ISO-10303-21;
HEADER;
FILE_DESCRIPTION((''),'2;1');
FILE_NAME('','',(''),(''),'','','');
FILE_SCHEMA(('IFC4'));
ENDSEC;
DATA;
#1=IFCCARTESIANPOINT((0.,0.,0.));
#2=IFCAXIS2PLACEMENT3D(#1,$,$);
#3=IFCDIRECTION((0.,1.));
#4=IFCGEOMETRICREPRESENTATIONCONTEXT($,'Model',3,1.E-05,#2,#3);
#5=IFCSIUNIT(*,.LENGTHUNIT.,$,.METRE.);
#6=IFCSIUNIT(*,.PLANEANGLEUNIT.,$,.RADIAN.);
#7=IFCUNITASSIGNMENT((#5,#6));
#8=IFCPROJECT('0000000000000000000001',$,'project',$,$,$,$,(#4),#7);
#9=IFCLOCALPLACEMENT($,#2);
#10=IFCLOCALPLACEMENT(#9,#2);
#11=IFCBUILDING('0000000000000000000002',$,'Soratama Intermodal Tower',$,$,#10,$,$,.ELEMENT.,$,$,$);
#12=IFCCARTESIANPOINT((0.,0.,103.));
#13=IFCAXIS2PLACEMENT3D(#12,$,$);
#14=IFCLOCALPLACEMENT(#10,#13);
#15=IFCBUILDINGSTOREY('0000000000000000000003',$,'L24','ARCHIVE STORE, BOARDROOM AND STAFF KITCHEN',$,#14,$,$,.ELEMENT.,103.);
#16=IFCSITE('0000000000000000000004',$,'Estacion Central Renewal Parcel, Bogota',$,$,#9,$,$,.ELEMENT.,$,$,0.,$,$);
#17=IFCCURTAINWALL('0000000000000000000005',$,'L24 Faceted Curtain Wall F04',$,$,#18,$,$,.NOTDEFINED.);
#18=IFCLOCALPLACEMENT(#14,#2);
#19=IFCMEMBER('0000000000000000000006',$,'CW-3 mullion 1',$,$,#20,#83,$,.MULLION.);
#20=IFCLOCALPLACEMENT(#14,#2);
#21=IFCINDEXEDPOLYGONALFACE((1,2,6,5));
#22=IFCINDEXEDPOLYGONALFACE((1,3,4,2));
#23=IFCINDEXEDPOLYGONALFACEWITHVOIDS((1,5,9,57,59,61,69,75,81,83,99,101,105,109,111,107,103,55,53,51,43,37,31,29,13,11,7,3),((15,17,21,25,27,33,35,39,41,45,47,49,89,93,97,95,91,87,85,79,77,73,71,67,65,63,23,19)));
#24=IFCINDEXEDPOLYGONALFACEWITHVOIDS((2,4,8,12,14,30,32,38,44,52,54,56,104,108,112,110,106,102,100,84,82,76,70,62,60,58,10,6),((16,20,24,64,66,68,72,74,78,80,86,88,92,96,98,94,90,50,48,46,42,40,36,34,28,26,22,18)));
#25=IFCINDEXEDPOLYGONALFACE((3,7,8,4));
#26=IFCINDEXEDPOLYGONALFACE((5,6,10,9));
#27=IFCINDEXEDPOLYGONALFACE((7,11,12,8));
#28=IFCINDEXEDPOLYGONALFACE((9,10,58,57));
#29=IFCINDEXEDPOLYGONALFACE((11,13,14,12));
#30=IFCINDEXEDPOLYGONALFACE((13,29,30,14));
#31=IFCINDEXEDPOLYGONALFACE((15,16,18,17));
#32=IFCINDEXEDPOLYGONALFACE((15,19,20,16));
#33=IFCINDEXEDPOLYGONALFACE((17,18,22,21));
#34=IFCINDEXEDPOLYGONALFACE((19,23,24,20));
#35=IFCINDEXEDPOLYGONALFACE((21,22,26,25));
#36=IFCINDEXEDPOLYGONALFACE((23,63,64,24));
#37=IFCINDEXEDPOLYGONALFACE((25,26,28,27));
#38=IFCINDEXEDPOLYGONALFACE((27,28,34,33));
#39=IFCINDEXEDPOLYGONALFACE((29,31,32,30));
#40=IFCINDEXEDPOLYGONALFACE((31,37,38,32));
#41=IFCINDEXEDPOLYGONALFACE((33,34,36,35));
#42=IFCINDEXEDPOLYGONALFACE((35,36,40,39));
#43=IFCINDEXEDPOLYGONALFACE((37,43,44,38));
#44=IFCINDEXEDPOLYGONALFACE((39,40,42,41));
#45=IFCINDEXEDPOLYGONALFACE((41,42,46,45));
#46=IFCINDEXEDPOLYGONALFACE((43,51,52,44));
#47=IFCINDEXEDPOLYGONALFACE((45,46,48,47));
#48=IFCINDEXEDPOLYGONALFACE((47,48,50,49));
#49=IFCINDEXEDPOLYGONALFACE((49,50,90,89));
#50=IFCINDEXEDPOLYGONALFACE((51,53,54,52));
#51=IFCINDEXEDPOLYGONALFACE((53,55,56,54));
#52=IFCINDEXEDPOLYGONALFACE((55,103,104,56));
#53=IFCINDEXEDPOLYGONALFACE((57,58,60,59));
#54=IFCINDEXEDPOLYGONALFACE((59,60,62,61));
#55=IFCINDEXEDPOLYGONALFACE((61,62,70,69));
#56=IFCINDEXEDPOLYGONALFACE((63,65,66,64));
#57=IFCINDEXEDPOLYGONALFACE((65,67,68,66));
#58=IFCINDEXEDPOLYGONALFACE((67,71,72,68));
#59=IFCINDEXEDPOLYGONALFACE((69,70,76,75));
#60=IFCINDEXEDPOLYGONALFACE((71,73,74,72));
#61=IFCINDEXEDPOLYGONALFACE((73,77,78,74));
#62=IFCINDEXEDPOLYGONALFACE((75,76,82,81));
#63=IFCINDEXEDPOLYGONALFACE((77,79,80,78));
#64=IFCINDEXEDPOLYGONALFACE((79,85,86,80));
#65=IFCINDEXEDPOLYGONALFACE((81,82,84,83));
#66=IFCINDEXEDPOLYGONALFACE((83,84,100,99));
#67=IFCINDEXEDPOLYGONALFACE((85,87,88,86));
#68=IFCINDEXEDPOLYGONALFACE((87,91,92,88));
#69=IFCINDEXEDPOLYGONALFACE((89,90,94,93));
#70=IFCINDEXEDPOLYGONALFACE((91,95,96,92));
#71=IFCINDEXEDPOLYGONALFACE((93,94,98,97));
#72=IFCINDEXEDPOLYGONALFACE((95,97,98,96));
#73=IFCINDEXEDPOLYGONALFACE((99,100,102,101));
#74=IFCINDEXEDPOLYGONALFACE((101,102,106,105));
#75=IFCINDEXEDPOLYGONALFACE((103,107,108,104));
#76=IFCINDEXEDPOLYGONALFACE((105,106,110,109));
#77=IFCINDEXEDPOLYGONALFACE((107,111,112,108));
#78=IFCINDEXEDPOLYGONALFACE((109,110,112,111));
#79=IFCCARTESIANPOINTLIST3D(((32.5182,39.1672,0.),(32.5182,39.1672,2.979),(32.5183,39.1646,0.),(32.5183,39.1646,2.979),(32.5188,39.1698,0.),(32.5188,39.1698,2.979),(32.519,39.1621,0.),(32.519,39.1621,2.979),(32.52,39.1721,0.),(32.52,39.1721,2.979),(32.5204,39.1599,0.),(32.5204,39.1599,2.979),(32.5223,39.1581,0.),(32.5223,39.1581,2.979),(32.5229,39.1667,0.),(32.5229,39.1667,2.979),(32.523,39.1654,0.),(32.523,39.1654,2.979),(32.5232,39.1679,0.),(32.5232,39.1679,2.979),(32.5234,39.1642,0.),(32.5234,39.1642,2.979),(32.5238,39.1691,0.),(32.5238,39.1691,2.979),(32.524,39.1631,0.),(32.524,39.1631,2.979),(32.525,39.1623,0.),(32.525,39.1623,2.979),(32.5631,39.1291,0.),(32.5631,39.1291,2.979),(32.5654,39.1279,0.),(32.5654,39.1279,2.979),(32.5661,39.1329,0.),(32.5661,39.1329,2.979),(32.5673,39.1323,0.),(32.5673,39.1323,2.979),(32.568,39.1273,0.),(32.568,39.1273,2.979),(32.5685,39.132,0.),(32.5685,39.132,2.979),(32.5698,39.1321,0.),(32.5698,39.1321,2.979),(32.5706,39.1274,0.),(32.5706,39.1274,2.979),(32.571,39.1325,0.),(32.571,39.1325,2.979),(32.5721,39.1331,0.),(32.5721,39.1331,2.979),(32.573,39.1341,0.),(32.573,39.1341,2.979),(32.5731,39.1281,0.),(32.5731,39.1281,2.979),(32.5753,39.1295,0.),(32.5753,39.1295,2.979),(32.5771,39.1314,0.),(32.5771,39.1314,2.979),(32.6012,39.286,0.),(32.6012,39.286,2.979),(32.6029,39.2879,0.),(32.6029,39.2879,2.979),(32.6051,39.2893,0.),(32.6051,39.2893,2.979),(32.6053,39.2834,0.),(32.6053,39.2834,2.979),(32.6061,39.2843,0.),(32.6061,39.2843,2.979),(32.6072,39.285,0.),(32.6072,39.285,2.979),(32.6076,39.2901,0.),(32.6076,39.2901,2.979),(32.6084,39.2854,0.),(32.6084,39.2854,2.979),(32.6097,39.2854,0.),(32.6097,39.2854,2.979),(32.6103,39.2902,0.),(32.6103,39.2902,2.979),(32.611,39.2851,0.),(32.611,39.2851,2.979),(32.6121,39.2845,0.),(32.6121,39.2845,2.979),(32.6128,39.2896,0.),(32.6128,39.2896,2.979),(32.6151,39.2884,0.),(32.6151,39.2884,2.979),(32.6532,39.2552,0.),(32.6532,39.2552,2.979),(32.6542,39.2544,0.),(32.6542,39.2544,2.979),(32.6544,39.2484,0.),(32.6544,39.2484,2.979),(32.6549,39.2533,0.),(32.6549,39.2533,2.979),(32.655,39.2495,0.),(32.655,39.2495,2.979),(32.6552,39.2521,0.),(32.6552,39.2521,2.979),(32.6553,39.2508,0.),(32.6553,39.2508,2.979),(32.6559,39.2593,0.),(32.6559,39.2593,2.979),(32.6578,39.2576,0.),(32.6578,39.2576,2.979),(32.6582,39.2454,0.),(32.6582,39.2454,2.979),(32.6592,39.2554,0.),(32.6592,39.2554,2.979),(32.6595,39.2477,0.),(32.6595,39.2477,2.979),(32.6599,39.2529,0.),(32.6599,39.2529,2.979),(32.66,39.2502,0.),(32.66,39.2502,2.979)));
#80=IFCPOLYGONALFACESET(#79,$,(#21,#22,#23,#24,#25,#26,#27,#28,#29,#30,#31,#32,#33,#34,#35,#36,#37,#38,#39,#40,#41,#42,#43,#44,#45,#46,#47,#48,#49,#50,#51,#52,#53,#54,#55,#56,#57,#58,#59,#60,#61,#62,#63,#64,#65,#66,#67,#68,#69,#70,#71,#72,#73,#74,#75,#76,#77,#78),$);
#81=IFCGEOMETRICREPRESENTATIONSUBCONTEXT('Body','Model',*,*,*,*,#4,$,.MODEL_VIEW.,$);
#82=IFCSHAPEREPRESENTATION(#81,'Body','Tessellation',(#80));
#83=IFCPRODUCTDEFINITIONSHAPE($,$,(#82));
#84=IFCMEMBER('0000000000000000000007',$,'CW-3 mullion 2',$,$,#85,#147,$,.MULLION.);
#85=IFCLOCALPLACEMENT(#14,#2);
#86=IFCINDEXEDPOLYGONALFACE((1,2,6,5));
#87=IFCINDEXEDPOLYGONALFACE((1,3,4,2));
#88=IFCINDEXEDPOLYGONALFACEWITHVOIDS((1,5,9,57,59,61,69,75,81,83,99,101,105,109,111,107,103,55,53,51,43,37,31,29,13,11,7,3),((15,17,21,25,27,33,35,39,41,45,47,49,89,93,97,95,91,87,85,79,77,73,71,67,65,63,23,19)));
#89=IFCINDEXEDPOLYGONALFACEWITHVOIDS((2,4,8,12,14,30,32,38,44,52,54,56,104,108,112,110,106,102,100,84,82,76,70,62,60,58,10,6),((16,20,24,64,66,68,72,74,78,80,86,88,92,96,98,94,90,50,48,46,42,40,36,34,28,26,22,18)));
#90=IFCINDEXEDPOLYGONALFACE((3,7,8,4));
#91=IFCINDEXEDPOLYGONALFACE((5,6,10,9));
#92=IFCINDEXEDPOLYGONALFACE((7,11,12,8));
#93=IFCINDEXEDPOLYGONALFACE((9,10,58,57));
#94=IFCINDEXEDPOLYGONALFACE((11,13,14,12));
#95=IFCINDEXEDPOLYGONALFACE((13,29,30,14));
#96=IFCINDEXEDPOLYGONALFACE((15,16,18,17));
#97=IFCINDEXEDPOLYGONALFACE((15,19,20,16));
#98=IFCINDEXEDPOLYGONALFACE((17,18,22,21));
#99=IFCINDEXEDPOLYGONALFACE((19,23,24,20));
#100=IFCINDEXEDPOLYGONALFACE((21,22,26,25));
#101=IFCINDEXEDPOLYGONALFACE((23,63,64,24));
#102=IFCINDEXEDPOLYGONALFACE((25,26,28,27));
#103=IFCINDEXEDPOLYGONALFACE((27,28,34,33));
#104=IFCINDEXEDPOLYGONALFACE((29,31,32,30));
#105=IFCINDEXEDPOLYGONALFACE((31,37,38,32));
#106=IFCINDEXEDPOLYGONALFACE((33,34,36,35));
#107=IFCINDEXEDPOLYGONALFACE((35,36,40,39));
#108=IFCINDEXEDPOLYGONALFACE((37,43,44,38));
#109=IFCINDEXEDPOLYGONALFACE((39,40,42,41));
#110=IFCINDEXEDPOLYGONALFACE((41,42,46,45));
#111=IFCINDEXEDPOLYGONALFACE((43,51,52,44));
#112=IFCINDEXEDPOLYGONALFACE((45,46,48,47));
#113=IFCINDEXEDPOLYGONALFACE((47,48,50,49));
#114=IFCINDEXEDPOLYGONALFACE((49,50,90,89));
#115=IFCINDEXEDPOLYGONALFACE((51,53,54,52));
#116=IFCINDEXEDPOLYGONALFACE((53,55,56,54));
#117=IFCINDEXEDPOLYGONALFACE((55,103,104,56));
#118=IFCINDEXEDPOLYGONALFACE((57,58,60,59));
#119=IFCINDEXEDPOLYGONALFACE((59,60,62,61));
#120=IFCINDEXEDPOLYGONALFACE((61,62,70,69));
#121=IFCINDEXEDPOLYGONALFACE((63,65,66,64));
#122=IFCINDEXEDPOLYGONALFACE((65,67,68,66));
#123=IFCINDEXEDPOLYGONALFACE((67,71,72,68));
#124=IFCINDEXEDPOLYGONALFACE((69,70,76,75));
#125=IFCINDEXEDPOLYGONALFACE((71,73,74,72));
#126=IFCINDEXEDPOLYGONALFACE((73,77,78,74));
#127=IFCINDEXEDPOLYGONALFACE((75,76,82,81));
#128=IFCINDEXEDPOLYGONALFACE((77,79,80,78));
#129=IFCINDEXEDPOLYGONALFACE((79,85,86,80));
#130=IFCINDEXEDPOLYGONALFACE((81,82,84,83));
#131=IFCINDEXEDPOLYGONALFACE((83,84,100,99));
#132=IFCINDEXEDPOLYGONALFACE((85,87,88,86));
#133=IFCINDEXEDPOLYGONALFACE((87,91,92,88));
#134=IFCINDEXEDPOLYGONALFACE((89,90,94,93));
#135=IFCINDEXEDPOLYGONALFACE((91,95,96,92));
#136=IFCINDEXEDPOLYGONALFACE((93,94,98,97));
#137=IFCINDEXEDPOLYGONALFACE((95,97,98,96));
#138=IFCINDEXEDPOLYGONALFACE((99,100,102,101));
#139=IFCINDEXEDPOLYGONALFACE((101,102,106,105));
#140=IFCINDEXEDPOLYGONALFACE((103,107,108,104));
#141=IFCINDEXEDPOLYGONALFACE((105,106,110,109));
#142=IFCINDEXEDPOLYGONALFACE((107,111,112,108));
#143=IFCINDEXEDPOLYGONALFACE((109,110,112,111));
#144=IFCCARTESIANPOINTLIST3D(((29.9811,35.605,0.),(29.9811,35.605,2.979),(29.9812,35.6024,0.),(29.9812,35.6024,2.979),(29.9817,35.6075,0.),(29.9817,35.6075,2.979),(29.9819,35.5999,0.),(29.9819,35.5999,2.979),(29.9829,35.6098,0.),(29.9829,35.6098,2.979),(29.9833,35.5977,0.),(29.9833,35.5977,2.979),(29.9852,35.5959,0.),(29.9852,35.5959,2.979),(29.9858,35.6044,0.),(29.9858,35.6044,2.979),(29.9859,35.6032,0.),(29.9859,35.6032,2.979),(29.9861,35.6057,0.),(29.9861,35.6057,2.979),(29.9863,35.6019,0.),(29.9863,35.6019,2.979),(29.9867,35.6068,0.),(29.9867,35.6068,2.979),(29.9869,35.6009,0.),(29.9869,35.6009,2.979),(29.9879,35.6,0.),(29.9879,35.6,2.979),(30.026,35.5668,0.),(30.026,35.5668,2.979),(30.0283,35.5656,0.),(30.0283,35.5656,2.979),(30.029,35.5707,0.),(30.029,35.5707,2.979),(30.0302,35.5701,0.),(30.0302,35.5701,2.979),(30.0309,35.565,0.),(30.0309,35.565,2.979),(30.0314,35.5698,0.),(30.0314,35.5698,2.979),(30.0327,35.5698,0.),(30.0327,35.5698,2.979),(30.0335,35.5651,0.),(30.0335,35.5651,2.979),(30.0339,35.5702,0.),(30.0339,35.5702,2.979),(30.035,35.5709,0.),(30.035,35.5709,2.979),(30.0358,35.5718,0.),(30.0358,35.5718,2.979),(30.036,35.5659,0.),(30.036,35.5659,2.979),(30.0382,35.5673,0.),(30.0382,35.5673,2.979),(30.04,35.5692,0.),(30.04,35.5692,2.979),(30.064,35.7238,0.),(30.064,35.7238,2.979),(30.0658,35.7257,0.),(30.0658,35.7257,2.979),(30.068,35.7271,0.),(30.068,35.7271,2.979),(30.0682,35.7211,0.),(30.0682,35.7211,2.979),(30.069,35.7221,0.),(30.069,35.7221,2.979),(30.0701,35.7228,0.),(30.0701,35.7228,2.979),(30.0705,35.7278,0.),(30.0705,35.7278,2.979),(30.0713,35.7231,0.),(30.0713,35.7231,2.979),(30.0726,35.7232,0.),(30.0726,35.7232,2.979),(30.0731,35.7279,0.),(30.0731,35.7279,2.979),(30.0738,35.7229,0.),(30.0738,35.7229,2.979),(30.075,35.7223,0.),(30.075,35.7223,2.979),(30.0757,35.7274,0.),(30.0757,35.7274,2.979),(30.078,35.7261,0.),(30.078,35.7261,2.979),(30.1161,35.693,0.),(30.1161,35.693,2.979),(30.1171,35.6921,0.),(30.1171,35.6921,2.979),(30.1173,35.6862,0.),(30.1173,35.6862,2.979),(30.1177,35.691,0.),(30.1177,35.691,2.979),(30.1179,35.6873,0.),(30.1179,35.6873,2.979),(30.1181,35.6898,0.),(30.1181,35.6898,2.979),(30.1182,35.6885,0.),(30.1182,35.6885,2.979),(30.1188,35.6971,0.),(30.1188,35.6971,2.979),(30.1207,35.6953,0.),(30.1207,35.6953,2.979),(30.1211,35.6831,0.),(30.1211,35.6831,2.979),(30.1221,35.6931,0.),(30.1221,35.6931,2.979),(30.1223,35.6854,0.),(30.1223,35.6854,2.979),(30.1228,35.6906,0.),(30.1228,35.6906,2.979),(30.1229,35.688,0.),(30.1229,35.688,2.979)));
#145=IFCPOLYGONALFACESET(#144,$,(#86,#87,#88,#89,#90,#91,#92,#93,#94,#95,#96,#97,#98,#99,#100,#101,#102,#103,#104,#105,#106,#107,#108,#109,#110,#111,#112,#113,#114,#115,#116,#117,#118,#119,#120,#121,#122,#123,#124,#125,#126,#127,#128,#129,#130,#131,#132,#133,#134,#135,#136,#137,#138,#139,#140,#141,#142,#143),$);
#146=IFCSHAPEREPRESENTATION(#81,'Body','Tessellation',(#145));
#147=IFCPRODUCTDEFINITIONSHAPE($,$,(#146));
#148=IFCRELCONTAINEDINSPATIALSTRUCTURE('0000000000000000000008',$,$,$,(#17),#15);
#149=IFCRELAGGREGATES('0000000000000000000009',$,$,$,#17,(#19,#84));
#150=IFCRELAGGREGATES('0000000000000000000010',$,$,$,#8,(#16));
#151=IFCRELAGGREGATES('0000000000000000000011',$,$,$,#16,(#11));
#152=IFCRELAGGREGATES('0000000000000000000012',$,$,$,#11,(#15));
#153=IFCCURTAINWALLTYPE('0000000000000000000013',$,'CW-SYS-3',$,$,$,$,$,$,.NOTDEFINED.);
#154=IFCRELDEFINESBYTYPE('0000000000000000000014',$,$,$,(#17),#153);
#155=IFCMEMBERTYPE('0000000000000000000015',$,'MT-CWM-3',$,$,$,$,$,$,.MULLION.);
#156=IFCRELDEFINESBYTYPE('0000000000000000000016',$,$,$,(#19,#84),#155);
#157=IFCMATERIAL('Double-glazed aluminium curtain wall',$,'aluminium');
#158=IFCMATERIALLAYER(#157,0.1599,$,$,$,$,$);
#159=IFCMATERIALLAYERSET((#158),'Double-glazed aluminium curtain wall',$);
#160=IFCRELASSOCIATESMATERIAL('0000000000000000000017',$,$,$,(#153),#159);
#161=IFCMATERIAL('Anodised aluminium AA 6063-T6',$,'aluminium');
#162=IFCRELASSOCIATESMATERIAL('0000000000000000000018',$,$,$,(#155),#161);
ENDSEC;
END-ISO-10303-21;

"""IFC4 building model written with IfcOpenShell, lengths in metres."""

from ifc_helpers import new_model, si_unit, direction, frame, origin, origin_2d, place, context, subcontext, project, spatial, hollow_rectangle, extrude, material, layer, layer_set, material_profile, profile_set, type_object, element, aggregate, save


model = new_model("IFC4")

# Units and contexts
model_context = context("Model", 3, precision=1e-05, world=origin(), true_north=direction((0.0, 1.0)))
body_context = subcontext(model_context, "Body", "Model", "MODEL_VIEW")
ifc_project = project(units=[si_unit("LENGTHUNIT", "METRE"), si_unit("PLANEANGLEUNIT", "RADIAN")], contexts=[model_context])

# Site, building, storey
site_placement = place(None, origin())
site = spatial("IfcSite", under=ifc_project, at=site_placement, Name="Estacion Central Renewal Parcel, Bogota", CompositionType="ELEMENT", RefElevation=0.0)
building_placement = place(site_placement, origin())
building = spatial("IfcBuilding", under=site, at=building_placement, Name="Soratama Intermodal Tower", CompositionType="ELEMENT")
storey_placement = place(building_placement, frame((0.0, 0.0, 103.0)))
storey = spatial("IfcBuildingStorey", under=building, at=storey_placement, Name="L24", Description="ARCHIVE STORE, BOARDROOM AND STAFF KITCHEN", CompositionType="ELEMENT", Elevation=103.0)

# Curtain wall, members
ifc_material_1 = material(Name="Double-glazed aluminium curtain wall", Category="aluminium")
ifc_layer_1 = layer(ifc_material_1, 0.1599)
ifc_layer_set_1 = layer_set([ifc_layer_1], Name="Double-glazed aluminium curtain wall")
curtain_wall_type = type_object("IfcCurtainWallType", Name="CW-SYS-3", PredefinedType="NOTDEFINED", material=ifc_layer_set_1)
curtain_wall_placement = place(storey_placement, origin())
curtain_wall = element("IfcCurtainWall", 1, at=curtain_wall_placement, inside=storey, type_object=curtain_wall_type, Name="L24 Faceted Curtain Wall F04", PredefinedType="NOTDEFINED")
ifc_material_2 = material(Name="Anodised aluminium AA 6063-T6", Category="aluminium")
ifc_material_profile_1 = material_profile(ifc_material_2, hollow_rectangle(XDim=0.0701, YDim=0.1599, WallThickness=0.0049, InnerFilletRadius=0.0049, OuterFilletRadius=0.01, at=origin_2d()), Name="CWM160X70X5")
ifc_profile_set_1 = profile_set([ifc_material_profile_1], Name="Anodised aluminium AA 6063-T6")
member_type_1 = type_object("IfcMemberType", Name="MT-CWM-3", PredefinedType="MULLION", material=ifc_profile_set_1)
member_1_placement = place(storey_placement, frame((32.5891, 39.2087, 0.0), z_axis=(0.0, 0.0, 1.0), x_axis=(0.814519, -0.580137, 0.0)))
member_1 = element("IfcMember", 2, at=member_1_placement, type_object=member_type_1, Name="CW-3 mullion 1", PredefinedType="MULLION", context=body_context, shape_type="SweptSolid", body=[
    extrude(hollow_rectangle(XDim=0.0701, YDim=0.1599, WallThickness=0.0049, InnerFilletRadius=0.0049, OuterFilletRadius=0.01, at=origin_2d()), origin(), (0.0, 0.0, 1.0), 2.979),
])
member_2_placement = place(storey_placement, frame((30.052, 35.6465, 0.0), z_axis=(0.0, 0.0, 1.0), x_axis=(0.814519, -0.580137, 0.0)))
member_2 = element("IfcMember", 3, at=member_2_placement, type_object=member_type_1, Name="CW-3 mullion 2", PredefinedType="MULLION", context=body_context, shape_type="SweptSolid", body=[
    extrude(hollow_rectangle(XDim=0.0701, YDim=0.1599, WallThickness=0.0049, InnerFilletRadius=0.0049, OuterFilletRadius=0.01, at=origin_2d()), origin(), (0.0, 0.0, 1.0), 2.979),
])
aggregate(curtain_wall, [member_1, member_2])

save(model, "model.ifc")
